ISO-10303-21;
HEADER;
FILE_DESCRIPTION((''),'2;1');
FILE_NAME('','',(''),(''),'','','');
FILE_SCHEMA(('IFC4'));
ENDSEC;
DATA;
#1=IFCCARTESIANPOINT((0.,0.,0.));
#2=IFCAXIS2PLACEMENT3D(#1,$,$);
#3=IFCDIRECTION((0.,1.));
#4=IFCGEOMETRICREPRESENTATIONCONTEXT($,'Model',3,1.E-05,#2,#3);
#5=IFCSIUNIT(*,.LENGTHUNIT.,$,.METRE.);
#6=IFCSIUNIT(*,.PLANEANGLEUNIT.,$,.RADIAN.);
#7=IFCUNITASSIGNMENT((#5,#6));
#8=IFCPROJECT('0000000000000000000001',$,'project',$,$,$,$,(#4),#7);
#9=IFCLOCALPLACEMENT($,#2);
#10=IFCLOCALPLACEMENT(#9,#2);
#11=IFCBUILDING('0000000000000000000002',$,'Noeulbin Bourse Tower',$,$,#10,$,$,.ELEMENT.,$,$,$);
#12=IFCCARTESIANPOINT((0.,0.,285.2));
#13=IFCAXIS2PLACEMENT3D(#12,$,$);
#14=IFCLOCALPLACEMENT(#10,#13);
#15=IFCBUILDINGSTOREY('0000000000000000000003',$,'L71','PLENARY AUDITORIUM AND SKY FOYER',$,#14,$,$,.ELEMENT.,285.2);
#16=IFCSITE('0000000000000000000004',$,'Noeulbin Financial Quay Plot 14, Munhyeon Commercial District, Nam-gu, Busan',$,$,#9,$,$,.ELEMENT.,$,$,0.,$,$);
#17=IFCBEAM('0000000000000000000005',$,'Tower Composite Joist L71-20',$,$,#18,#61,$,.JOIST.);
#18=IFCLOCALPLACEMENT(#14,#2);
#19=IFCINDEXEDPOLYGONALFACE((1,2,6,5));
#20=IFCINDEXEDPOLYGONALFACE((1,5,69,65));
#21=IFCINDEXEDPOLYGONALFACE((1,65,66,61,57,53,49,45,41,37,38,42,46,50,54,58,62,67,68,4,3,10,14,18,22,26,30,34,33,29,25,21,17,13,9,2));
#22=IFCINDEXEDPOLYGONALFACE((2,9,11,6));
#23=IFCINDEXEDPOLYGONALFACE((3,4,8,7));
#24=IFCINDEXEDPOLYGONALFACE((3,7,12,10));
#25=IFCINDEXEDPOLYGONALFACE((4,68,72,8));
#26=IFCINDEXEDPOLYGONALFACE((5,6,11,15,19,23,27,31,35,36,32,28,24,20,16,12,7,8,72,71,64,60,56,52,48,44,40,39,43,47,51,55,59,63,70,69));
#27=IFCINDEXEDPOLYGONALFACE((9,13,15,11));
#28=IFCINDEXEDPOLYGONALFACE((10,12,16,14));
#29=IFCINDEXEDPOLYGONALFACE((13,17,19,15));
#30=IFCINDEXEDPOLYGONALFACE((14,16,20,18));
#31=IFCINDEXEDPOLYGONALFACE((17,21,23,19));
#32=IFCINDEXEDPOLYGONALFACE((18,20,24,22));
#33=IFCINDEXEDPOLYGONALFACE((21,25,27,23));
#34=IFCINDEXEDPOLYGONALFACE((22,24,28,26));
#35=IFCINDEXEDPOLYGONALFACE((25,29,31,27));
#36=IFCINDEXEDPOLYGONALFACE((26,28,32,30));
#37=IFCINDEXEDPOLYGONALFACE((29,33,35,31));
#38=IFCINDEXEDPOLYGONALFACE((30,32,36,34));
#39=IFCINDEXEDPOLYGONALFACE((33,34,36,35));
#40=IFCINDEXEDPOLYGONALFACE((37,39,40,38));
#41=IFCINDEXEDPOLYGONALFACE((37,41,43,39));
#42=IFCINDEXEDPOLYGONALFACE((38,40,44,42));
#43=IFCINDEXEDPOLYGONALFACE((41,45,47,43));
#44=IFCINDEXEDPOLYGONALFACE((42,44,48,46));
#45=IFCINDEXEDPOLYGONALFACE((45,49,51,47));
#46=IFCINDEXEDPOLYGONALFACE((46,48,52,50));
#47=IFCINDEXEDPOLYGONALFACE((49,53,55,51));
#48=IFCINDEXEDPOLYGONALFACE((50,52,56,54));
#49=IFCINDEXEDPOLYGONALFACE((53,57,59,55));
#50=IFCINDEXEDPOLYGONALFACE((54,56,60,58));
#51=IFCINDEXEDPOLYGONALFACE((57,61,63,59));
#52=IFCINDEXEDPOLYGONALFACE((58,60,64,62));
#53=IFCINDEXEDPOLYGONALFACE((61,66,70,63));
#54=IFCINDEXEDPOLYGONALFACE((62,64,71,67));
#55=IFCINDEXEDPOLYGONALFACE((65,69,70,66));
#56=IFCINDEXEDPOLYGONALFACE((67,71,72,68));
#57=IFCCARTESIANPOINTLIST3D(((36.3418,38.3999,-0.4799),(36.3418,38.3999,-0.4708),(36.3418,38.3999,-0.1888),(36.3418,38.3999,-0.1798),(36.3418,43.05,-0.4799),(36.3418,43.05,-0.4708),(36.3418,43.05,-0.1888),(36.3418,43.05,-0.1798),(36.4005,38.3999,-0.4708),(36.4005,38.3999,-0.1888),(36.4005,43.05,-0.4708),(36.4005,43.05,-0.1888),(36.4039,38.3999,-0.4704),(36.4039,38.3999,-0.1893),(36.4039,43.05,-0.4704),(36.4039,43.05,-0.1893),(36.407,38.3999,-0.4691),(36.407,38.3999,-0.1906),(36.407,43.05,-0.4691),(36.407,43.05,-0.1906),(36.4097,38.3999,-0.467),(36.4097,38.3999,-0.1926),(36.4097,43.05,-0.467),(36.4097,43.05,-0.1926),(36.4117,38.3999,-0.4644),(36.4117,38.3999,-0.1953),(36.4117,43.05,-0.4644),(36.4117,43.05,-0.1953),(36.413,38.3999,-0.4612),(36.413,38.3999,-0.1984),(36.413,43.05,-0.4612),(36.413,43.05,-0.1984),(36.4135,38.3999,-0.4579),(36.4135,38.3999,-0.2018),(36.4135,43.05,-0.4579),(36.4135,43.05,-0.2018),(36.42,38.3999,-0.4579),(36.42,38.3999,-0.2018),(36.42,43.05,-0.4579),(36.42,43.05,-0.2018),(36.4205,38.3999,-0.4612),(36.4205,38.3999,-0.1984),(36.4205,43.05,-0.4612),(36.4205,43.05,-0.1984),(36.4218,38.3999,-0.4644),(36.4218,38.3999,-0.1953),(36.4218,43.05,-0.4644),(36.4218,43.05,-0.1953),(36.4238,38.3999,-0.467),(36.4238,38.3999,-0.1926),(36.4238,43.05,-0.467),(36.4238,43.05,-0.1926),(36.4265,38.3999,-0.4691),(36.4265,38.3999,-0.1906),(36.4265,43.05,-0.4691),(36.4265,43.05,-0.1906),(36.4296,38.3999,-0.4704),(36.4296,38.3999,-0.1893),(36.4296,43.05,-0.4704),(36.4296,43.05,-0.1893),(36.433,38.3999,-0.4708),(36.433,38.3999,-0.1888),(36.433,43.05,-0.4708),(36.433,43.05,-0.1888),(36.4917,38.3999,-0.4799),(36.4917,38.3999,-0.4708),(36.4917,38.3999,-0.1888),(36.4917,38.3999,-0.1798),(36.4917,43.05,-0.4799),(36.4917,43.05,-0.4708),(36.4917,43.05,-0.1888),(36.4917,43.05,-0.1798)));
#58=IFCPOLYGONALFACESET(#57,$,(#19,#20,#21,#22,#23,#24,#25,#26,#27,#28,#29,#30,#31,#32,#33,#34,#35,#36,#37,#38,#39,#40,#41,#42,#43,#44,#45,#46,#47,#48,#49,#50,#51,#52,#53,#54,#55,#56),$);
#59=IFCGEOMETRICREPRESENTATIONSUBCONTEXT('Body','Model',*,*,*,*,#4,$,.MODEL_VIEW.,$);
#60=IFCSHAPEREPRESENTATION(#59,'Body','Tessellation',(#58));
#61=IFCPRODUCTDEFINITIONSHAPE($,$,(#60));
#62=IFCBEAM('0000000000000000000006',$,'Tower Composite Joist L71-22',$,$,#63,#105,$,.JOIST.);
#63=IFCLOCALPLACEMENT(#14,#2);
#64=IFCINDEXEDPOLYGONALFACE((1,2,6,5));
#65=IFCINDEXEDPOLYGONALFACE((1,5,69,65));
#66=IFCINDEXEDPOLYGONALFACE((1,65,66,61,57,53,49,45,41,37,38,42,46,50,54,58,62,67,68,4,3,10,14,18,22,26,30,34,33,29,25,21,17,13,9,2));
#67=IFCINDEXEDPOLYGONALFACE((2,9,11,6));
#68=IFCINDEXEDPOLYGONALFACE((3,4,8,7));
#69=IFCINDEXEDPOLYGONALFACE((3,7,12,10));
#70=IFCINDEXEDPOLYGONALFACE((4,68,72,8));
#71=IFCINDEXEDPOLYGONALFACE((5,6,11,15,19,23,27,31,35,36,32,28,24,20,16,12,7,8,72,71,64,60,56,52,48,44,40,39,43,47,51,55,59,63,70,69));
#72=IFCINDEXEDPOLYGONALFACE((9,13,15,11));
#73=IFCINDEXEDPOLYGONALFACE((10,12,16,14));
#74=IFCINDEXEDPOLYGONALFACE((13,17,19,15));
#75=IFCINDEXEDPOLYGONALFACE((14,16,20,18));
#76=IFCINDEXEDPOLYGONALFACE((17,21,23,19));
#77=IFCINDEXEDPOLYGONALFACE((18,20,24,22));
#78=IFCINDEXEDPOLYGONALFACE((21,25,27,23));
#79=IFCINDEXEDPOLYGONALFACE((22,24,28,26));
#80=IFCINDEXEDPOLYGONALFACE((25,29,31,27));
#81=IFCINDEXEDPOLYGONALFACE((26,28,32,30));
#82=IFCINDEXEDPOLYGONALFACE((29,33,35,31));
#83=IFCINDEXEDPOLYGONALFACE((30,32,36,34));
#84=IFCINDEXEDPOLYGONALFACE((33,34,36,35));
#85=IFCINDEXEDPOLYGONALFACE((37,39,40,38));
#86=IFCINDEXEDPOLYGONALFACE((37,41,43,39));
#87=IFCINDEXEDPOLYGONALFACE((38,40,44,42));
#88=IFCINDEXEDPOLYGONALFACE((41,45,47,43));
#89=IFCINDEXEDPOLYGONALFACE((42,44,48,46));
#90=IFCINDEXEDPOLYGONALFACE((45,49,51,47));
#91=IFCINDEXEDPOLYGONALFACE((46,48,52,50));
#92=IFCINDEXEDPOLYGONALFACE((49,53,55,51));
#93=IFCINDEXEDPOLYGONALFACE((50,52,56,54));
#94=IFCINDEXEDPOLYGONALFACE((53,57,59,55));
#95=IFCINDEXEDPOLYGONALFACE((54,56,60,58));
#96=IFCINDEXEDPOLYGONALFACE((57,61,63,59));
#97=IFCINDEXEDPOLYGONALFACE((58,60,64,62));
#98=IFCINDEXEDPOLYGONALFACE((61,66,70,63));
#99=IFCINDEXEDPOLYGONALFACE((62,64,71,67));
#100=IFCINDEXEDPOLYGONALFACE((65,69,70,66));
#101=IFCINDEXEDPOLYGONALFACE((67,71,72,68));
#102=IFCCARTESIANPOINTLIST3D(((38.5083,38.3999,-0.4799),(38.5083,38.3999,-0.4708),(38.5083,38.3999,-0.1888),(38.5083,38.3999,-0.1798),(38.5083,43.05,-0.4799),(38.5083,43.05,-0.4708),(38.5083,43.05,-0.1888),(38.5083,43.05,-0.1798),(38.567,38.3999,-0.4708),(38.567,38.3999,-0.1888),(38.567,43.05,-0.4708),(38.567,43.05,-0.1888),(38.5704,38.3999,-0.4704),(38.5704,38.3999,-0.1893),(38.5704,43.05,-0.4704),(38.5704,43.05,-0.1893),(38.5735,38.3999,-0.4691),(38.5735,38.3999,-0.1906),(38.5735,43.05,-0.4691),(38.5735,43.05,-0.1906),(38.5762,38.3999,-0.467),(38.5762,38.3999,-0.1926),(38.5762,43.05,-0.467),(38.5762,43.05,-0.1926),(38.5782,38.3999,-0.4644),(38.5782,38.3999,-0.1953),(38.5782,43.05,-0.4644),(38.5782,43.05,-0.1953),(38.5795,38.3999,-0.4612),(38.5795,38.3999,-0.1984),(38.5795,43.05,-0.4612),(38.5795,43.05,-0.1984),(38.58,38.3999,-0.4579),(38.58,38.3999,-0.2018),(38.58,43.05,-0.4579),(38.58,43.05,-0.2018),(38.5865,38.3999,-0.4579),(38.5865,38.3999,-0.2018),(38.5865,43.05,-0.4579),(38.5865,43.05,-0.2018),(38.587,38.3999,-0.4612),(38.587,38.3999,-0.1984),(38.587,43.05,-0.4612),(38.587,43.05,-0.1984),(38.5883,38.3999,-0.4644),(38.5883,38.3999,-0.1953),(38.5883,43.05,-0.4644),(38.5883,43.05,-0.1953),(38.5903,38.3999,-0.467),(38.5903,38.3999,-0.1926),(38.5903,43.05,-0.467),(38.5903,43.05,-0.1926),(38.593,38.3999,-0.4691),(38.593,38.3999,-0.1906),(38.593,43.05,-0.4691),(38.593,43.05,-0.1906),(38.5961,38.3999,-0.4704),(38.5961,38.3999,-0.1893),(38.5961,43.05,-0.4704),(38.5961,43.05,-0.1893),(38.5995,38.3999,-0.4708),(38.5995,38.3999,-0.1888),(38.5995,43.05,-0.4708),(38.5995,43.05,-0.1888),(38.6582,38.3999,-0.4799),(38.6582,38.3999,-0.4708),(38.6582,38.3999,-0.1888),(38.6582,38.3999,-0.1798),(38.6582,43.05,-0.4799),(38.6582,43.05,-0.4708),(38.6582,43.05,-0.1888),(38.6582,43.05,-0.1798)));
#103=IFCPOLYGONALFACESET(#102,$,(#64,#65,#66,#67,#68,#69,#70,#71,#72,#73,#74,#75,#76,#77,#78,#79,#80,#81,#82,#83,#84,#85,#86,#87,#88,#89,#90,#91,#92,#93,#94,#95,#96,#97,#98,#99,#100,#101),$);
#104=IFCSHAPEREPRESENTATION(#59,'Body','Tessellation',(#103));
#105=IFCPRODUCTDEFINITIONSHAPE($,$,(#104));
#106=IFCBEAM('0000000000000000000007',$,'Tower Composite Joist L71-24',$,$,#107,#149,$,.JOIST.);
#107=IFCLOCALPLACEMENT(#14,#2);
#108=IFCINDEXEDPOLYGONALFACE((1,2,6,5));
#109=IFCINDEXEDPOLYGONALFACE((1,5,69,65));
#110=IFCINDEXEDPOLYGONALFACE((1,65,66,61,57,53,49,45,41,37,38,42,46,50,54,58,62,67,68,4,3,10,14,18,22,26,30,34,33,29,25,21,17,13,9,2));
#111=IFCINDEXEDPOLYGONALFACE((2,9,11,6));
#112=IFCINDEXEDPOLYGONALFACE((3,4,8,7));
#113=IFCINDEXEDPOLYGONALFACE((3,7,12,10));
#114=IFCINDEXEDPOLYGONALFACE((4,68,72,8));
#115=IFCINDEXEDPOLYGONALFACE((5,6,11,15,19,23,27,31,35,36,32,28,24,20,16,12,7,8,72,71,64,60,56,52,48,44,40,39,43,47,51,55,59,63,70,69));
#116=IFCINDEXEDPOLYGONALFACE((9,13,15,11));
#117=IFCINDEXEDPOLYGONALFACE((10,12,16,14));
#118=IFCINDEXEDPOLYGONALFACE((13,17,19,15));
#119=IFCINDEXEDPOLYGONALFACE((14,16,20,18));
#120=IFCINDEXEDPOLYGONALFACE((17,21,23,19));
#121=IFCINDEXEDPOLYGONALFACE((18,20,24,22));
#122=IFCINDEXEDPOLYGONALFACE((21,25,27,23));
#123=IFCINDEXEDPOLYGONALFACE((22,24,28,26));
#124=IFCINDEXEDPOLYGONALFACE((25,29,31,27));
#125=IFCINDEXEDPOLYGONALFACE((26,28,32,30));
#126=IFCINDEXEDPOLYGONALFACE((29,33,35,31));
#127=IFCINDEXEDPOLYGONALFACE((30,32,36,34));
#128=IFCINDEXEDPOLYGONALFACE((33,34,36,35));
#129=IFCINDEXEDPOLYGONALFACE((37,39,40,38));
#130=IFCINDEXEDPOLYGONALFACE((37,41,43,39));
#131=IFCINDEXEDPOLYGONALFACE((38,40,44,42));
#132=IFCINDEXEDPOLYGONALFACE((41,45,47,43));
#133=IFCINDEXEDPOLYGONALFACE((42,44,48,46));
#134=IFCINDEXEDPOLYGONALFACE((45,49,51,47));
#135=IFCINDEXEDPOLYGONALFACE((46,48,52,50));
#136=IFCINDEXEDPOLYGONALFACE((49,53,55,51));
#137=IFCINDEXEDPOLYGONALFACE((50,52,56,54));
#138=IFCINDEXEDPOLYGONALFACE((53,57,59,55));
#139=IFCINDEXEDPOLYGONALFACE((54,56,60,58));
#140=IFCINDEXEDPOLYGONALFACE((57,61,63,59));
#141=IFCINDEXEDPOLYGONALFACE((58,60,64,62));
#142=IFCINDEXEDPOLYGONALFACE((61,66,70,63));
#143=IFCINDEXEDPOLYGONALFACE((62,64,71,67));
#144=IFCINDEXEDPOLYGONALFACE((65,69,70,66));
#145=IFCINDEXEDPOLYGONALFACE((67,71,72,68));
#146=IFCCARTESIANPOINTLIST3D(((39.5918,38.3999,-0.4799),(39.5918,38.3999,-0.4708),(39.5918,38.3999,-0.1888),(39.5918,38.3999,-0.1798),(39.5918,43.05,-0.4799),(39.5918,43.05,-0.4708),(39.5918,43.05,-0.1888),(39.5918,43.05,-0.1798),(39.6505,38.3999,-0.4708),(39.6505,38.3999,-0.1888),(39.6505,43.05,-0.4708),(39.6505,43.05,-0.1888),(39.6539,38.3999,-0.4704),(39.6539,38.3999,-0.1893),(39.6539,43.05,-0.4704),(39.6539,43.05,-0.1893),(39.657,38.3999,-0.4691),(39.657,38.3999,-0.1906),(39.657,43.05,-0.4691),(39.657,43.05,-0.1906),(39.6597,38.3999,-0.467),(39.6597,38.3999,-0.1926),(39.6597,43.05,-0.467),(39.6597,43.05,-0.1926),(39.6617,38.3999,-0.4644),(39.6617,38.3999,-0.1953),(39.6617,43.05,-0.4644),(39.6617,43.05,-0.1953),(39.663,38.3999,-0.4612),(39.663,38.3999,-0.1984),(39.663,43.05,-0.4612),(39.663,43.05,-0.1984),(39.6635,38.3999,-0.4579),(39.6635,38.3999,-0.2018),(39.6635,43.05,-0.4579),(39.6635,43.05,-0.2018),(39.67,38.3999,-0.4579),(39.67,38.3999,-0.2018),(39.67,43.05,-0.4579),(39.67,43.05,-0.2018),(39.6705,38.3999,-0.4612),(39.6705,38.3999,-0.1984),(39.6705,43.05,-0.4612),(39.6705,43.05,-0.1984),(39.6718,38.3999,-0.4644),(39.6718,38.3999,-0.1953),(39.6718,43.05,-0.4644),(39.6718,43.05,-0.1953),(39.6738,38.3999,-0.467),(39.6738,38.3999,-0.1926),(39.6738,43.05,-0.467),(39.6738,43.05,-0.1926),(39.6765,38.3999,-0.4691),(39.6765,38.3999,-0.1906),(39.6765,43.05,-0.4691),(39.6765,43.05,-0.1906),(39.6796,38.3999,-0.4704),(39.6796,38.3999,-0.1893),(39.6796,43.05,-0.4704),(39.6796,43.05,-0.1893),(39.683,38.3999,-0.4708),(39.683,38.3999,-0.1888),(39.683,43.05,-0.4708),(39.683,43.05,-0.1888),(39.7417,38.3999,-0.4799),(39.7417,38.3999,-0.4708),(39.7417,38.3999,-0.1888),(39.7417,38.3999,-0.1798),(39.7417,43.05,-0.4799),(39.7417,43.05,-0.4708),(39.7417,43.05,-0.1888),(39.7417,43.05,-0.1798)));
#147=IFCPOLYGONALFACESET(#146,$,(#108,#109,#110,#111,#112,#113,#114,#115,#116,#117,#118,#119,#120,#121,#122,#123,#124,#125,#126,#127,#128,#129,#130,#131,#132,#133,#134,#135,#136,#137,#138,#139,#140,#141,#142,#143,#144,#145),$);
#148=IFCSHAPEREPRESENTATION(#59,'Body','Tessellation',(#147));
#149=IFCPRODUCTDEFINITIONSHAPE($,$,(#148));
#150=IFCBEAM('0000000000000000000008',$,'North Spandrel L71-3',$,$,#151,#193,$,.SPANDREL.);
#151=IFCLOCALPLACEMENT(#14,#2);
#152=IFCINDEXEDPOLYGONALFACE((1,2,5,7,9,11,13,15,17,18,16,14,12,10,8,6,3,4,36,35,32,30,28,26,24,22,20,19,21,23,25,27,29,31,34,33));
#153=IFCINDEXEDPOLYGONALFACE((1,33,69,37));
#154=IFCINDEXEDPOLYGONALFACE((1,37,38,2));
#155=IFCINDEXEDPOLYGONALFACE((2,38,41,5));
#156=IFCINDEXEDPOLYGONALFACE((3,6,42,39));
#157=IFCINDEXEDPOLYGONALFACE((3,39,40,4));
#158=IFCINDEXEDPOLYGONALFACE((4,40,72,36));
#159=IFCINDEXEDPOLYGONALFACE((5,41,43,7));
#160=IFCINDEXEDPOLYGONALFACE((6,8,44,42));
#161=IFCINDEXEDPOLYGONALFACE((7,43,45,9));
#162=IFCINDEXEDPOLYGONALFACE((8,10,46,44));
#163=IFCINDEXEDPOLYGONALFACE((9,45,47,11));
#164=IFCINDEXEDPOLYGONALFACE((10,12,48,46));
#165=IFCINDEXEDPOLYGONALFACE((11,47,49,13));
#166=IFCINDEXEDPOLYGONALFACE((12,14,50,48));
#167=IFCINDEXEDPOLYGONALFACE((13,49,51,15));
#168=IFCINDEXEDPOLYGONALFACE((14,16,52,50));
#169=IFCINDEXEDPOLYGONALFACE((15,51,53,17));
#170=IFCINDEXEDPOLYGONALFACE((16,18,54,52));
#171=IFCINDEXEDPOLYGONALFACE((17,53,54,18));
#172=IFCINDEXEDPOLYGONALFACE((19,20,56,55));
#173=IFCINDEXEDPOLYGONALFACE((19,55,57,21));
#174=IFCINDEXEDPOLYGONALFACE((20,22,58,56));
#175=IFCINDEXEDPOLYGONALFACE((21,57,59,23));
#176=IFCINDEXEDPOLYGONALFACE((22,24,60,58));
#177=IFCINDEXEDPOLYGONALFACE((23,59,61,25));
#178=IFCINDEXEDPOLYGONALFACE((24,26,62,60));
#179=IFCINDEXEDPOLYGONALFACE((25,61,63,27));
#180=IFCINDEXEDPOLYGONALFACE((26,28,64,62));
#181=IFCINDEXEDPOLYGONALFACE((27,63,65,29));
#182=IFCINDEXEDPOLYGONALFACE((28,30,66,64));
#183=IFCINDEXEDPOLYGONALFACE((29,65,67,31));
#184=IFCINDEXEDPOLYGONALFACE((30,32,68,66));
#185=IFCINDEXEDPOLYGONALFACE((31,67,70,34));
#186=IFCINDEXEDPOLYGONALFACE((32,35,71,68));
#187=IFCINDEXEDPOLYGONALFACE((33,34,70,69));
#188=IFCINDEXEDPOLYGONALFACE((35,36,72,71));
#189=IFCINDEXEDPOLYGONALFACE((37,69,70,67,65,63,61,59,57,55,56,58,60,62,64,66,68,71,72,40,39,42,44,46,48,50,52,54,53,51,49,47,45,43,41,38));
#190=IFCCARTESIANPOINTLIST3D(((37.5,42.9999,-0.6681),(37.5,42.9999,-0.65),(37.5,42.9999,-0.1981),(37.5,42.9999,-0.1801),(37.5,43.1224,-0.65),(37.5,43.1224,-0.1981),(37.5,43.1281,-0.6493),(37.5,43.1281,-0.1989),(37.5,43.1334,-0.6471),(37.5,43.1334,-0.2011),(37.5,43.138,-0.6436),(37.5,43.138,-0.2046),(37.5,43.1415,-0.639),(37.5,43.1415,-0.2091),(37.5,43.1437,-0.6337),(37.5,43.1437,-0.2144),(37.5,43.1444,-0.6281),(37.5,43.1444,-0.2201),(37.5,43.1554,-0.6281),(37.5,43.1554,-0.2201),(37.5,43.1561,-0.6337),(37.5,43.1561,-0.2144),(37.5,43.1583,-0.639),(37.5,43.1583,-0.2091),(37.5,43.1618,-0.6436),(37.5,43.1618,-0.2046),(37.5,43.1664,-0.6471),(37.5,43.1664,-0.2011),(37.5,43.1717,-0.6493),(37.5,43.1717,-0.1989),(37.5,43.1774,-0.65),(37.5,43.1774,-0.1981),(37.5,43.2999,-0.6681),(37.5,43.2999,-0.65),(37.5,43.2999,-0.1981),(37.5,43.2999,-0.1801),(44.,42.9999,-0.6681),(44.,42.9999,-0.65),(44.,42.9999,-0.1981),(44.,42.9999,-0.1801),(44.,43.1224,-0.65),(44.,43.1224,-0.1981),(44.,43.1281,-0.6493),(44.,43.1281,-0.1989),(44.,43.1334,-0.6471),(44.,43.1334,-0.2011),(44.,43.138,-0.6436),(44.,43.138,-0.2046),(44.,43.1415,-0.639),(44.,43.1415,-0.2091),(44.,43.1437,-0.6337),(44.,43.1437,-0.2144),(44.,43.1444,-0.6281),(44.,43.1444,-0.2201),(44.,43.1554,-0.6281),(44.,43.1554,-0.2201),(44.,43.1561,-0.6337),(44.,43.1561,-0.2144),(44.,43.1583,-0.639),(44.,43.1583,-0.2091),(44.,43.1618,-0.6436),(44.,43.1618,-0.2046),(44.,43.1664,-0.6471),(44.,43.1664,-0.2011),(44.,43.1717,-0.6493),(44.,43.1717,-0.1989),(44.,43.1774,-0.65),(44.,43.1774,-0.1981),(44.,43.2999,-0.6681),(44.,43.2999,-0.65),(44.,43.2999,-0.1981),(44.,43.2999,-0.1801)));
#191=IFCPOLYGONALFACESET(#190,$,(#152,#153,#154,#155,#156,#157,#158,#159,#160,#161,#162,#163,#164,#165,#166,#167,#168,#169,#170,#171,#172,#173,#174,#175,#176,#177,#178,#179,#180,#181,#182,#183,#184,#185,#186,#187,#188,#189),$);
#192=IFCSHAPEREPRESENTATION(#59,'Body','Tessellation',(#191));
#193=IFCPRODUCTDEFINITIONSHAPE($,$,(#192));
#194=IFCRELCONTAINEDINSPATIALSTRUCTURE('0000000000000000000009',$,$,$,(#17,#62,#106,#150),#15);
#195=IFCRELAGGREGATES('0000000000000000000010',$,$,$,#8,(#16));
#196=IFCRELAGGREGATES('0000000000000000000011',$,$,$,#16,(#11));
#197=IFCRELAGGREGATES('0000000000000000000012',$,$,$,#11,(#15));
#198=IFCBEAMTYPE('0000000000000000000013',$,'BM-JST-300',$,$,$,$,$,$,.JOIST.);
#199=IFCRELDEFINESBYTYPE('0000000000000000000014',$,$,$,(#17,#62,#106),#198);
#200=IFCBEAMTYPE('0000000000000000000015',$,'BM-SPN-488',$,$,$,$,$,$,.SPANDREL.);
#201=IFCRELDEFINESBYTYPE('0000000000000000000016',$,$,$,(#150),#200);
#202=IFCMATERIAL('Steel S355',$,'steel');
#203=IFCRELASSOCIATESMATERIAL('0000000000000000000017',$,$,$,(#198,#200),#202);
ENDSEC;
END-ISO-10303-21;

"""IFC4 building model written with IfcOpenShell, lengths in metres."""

from ifc_helpers import new_model, si_unit, direction, frame, origin, origin_2d, place, context, subcontext, project, spatial, i_section, extrude, material, material_profile, profile_set, type_object, element, save


model = new_model("IFC4")

# Units and contexts
model_context = context("Model", 3, precision=1e-05, world=origin(), true_north=direction((0.0, 1.0)))
body_context = subcontext(model_context, "Body", "Model", "MODEL_VIEW")
ifc_project = project(units=[si_unit("LENGTHUNIT", "METRE"), si_unit("PLANEANGLEUNIT", "RADIAN")], contexts=[model_context])

# Site, building, storey
site_placement = place(None, origin())
site = spatial("IfcSite", under=ifc_project, at=site_placement, Name="Noeulbin Financial Quay Plot 14, Munhyeon Commercial District, Nam-gu, Busan", CompositionType="ELEMENT", RefElevation=0.0)
building_placement = place(site_placement, origin())
building = spatial("IfcBuilding", under=site, at=building_placement, Name="Noeulbin Bourse Tower", CompositionType="ELEMENT")
storey_placement = place(building_placement, frame((0.0, 0.0, 285.2)))
storey = spatial("IfcBuildingStorey", under=building, at=storey_placement, Name="L71", Description="PLENARY AUDITORIUM AND SKY FOYER", CompositionType="ELEMENT", Elevation=285.2)

# Shared definitions
ifc_material_1 = material(Name="Steel S355", Category="steel")

# Beams
ifc_material_profile_1 = material_profile(ifc_material_1, i_section(OverallWidth=0.1499, OverallDepth=0.3, WebThickness=0.0066, FlangeThickness=0.009, FilletRadius=0.0129, at=origin_2d()), Name="H-300x150x6.5x9", Category="LoadBearing")
ifc_profile_set_1 = profile_set([ifc_material_profile_1], Name="Steel S355")
beam_type_1 = type_object("IfcBeamType", Name="BM-JST-300", PredefinedType="JOIST", material=ifc_profile_set_1)
for number, where, z_axis, x_axis, name in (
    (1, (36.4167, 38.3999, -0.3298), (0.0, 1.0, 0.0), (-1.0, 0.0, 0.0), "Tower Composite Joist L71-20"),
    (2, (38.5833, 38.3999, -0.3298), (0.0, 1.0, 0.0), (-1.0, 0.0, 0.0), "Tower Composite Joist L71-22"),
    (3, (39.6667, 38.3999, -0.3298), (0.0, 1.0, 0.0), (-1.0, 0.0, 0.0), "Tower Composite Joist L71-24"),
):
    element("IfcBeam", number, at=place(storey_placement, frame(where, z_axis=z_axis, x_axis=x_axis)), inside=storey, type_object=beam_type_1, Name=name, PredefinedType="JOIST", context=body_context, shape_type="SweptSolid", body=[
        extrude(i_section(OverallWidth=0.1499, OverallDepth=0.3, WebThickness=0.0066, FlangeThickness=0.009, FilletRadius=0.0129, at=origin_2d()), origin(), (0.0, 0.0, 1.0), 4.6501),
    ])
ifc_material_profile_2 = material_profile(ifc_material_1, i_section(OverallWidth=0.3, OverallDepth=0.488, WebThickness=0.011, FlangeThickness=0.0181, FilletRadius=0.022, at=origin_2d()), Name="H-488x300x11x18", Category="LoadBearing")
ifc_profile_set_2 = profile_set([ifc_material_profile_2], Name="Steel S355")
beam_type_2 = type_object("IfcBeamType", Name="BM-SPN-488", PredefinedType="SPANDREL", material=ifc_profile_set_2)
beam_placement = place(storey_placement, frame((37.5, 43.1499, -0.4241), z_axis=(1.0, 0.0, 0.0), x_axis=(0.0, 1.0, 0.0)))
element("IfcBeam", 4, at=beam_placement, inside=storey, type_object=beam_type_2, Name="North Spandrel L71-3", PredefinedType="SPANDREL", context=body_context, shape_type="SweptSolid", body=[
    extrude(i_section(OverallWidth=0.3, OverallDepth=0.488, WebThickness=0.011, FlangeThickness=0.0181, FilletRadius=0.022, at=origin_2d()), origin(), (0.0, 0.0, 1.0), 6.5),
])

save(model, "model.ifc")
